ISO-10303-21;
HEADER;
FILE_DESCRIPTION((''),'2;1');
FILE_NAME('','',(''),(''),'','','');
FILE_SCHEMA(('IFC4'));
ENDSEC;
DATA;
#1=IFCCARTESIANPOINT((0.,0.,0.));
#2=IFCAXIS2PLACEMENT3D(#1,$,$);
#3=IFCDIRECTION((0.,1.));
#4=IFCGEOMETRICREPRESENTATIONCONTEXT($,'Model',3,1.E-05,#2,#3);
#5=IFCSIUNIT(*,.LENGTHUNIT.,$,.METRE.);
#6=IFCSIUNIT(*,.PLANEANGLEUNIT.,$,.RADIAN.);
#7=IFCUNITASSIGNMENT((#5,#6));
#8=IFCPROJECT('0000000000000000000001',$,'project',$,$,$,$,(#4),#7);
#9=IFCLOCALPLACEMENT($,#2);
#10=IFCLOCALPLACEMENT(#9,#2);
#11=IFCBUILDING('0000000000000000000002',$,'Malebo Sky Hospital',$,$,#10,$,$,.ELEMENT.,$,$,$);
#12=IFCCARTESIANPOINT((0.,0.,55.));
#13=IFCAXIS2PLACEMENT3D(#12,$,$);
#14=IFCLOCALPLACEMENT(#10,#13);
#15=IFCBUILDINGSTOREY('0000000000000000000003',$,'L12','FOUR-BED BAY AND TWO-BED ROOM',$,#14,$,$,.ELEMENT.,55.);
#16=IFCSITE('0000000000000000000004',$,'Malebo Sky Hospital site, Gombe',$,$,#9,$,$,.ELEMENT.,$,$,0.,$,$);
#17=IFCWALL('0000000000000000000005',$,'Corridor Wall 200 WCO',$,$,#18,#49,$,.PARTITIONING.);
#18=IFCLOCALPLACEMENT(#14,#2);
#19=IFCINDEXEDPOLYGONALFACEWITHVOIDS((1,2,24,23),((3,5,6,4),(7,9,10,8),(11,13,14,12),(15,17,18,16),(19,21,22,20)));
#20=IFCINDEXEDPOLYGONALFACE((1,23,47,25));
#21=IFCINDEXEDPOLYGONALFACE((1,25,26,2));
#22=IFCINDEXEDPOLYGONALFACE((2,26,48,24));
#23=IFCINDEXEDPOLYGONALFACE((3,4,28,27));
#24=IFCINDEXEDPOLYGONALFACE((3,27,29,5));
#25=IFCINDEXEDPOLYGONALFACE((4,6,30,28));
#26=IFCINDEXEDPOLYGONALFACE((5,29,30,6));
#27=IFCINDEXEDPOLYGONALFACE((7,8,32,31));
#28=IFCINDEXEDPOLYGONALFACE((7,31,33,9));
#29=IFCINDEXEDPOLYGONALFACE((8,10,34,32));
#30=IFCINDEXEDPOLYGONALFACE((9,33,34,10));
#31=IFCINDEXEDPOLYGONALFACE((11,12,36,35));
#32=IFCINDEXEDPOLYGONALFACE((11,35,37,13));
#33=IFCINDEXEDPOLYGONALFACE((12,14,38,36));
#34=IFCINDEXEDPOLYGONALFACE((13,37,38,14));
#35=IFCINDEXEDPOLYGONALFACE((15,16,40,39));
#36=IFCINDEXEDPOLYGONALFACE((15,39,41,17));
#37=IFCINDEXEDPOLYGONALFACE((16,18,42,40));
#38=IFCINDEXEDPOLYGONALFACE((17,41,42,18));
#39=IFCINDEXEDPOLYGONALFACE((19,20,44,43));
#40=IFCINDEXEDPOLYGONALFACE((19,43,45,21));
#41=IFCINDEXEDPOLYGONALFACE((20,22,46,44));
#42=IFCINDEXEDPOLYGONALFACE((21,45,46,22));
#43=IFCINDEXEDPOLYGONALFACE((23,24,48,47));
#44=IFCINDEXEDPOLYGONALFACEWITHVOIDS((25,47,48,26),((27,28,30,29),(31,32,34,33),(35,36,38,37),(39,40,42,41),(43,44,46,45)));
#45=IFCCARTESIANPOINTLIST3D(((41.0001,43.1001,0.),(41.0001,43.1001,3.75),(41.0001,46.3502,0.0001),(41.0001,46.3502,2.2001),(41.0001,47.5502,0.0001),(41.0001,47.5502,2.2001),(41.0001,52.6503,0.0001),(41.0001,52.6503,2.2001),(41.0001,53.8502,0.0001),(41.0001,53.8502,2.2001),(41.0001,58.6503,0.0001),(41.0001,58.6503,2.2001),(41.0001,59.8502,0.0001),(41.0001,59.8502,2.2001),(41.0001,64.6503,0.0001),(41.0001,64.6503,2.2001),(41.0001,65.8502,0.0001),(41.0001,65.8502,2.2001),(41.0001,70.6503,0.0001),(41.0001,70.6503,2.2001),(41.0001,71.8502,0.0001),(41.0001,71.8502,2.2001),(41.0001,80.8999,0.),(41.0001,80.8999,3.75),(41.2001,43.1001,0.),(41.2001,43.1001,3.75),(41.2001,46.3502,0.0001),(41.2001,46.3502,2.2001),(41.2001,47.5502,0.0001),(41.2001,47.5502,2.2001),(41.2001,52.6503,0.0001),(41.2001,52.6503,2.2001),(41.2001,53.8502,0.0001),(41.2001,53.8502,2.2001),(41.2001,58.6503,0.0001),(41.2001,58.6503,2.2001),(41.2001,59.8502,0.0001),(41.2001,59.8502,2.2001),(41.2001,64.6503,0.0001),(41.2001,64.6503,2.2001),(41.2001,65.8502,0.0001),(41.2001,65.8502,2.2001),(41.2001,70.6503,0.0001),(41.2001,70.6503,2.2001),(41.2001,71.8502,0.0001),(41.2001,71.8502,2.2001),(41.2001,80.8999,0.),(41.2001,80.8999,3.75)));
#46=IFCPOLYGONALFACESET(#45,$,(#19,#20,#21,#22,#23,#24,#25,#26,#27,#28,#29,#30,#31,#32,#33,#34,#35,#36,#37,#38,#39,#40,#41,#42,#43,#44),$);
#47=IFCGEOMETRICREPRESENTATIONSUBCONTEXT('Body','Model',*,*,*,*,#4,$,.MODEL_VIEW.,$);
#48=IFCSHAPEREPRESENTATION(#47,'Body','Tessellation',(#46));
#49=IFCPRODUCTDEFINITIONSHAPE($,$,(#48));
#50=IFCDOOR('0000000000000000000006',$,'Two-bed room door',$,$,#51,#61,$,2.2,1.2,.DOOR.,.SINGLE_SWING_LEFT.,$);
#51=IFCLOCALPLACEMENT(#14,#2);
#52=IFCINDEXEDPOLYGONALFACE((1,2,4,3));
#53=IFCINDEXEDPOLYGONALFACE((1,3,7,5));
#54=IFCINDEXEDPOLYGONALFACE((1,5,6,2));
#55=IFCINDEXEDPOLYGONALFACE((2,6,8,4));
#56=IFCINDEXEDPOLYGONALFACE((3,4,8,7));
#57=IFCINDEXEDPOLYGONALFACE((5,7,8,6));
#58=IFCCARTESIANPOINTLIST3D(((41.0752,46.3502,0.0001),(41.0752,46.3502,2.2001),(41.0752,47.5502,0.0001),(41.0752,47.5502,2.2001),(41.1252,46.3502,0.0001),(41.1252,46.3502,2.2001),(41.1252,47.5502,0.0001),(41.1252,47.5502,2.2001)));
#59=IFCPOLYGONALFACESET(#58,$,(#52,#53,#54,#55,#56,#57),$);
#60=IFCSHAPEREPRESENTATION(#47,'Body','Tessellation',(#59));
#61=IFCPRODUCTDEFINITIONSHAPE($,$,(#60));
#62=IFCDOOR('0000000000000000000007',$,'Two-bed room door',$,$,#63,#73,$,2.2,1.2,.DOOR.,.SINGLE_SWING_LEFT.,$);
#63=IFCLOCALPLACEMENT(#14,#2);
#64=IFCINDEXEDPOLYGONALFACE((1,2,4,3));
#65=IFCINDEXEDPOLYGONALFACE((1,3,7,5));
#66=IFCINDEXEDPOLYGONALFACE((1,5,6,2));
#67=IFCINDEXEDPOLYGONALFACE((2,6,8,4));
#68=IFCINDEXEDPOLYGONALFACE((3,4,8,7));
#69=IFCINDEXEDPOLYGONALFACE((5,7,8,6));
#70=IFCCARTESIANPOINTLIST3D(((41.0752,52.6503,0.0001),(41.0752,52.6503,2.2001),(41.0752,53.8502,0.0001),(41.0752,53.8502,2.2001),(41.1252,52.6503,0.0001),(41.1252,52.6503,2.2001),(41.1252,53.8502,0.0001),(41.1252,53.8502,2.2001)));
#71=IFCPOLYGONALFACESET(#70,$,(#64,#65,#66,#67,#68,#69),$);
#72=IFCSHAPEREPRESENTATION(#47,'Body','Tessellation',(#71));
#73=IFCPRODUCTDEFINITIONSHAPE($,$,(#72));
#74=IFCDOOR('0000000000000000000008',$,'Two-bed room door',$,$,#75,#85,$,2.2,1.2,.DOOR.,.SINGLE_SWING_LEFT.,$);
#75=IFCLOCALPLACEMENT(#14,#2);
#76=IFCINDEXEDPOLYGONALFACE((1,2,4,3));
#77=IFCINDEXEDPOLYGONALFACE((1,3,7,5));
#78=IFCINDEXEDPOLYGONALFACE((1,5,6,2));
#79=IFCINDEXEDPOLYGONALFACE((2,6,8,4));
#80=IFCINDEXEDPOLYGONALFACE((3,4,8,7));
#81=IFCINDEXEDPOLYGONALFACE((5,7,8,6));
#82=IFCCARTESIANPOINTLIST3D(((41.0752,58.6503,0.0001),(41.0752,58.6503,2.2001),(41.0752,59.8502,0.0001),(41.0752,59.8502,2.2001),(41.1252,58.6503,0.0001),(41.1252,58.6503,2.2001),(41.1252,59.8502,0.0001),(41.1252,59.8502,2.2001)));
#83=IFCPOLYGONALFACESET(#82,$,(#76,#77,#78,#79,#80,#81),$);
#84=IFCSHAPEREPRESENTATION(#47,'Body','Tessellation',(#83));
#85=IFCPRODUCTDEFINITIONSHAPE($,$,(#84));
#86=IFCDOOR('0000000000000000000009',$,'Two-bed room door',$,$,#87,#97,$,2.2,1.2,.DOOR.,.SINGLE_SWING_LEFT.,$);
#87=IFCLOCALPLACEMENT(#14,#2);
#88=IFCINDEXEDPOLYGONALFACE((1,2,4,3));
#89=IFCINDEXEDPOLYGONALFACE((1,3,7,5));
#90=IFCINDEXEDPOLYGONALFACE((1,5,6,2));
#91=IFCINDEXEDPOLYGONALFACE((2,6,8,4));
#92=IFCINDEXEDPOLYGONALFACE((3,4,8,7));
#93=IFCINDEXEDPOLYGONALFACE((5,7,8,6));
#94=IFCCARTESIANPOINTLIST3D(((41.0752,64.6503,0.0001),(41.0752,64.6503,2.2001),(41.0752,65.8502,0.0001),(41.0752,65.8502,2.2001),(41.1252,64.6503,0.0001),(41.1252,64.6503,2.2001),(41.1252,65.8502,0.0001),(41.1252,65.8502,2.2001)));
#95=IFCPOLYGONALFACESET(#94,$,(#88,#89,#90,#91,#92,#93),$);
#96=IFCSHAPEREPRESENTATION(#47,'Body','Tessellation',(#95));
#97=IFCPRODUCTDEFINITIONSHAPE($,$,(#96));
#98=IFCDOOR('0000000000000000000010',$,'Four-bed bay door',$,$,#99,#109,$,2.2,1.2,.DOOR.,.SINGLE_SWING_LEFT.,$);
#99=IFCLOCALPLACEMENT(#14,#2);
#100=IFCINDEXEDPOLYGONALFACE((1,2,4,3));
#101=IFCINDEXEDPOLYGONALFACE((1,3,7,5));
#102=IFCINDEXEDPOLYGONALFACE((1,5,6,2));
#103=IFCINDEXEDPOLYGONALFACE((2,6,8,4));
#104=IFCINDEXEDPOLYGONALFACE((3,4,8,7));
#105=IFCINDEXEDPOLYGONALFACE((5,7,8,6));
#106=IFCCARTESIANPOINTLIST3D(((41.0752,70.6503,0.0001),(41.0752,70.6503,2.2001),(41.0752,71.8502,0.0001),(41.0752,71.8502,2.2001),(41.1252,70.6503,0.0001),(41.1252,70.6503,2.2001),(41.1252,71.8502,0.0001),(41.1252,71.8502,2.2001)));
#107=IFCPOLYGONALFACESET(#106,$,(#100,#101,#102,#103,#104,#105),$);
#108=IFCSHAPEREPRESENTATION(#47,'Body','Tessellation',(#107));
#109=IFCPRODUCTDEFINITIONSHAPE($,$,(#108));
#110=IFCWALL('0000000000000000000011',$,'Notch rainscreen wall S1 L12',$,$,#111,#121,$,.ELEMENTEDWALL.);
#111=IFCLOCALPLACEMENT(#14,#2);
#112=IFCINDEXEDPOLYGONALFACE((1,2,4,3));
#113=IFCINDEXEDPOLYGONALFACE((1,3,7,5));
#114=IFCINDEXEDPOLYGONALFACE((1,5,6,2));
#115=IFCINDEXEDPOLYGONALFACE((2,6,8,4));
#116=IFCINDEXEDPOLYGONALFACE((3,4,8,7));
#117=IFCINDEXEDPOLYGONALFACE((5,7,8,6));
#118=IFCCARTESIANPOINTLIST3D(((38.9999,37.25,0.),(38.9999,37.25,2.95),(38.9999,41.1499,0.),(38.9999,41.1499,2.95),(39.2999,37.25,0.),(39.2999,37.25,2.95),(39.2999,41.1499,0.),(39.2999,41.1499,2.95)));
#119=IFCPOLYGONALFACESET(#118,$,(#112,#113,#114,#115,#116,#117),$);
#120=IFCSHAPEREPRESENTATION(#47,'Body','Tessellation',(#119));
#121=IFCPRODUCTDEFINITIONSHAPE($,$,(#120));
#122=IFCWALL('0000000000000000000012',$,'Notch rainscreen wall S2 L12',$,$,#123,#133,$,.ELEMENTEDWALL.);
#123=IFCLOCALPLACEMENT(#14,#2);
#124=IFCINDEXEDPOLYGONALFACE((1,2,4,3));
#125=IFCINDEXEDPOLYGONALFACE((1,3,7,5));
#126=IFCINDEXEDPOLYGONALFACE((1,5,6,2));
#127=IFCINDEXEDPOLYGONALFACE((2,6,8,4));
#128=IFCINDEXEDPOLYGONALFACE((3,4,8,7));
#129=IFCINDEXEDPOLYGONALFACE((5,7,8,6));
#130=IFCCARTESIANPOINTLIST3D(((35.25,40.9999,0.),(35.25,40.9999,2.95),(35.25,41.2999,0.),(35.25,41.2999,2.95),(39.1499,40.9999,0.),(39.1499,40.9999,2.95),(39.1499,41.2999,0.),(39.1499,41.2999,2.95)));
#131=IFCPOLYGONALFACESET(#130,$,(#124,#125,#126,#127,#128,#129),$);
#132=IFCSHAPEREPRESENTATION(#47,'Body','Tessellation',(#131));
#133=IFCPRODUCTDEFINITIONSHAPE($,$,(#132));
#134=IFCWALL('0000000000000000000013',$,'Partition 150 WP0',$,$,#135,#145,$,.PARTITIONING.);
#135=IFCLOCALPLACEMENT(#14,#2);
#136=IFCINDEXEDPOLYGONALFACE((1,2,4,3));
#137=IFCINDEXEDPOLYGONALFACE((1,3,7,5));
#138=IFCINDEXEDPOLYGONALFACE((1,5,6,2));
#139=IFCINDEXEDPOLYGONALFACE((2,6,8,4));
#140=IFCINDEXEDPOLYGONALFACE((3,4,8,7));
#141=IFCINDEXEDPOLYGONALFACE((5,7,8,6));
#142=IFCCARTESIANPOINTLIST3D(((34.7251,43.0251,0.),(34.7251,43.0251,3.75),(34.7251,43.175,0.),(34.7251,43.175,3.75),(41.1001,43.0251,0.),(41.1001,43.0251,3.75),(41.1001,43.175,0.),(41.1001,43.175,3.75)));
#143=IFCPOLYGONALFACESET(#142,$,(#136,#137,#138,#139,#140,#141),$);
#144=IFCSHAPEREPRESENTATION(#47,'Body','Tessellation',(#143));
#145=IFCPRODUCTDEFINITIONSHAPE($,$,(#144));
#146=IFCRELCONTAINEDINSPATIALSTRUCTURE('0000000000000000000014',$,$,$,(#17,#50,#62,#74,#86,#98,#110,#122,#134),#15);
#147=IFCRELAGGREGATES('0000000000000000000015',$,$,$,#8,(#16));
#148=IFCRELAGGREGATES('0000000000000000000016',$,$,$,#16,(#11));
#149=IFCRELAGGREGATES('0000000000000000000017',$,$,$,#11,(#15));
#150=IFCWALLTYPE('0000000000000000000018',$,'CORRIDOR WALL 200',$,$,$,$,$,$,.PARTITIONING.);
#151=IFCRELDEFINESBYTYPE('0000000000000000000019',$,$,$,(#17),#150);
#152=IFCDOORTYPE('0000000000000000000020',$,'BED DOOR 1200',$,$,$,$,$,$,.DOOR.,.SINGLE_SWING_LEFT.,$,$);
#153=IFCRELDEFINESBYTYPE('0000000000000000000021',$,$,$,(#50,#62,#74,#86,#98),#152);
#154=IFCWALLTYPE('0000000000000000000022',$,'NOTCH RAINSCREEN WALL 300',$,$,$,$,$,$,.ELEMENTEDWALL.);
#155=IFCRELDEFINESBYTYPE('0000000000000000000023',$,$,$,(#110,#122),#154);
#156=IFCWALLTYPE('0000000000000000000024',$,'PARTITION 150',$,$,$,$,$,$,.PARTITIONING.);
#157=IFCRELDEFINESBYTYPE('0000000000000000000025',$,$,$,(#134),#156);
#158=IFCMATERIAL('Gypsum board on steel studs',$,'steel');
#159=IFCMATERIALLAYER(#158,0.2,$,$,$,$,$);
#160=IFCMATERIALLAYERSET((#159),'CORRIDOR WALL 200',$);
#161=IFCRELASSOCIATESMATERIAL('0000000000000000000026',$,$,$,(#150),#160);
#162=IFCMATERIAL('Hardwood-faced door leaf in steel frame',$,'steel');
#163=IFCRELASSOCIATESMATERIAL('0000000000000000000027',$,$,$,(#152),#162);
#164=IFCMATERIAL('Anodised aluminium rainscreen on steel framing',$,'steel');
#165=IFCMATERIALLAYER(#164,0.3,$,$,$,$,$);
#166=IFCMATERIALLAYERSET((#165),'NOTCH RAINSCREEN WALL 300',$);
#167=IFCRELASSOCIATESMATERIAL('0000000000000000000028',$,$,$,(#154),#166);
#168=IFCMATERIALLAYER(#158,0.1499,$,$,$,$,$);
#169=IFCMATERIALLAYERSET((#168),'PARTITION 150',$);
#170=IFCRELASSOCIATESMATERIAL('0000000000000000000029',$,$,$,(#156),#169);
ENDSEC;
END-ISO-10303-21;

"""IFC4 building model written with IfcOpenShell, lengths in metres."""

from ifc_helpers import new_model, si_unit, direction, frame, frame_2d, origin, place, context, subcontext, project, spatial, rectangle, extrude, material, layer, layer_set, type_object, element, fill, save


model = new_model("IFC4")

# Units and contexts
model_context = context("Model", 3, precision=1e-05, world=origin(), true_north=direction((0.0, 1.0)))
body_context = subcontext(model_context, "Body", "Model", "MODEL_VIEW")
ifc_project = project(units=[si_unit("LENGTHUNIT", "METRE"), si_unit("PLANEANGLEUNIT", "RADIAN")], contexts=[model_context])

# Site, building, storey
site_placement = place(None, origin())
site = spatial("IfcSite", under=ifc_project, at=site_placement, Name="Malebo Sky Hospital site, Gombe", CompositionType="ELEMENT", RefElevation=0.0)
building_placement = place(site_placement, origin())
building = spatial("IfcBuilding", under=site, at=building_placement, Name="Malebo Sky Hospital", CompositionType="ELEMENT")
storey_placement = place(building_placement, frame((0.0, 0.0, 55.0)))
storey = spatial("IfcBuildingStorey", under=building, at=storey_placement, Name="L12", Description="FOUR-BED BAY AND TWO-BED ROOM", CompositionType="ELEMENT", Elevation=55.0)

# Wall, openings, doors
ifc_material_1 = material(Name="Gypsum board on steel studs", Category="steel")
ifc_layer_1 = layer(ifc_material_1, 0.2)
ifc_layer_set_1 = layer_set([ifc_layer_1], Name="CORRIDOR WALL 200")
wall_type_1 = type_object("IfcWallType", Name="CORRIDOR WALL 200", PredefinedType="PARTITIONING", material=ifc_layer_set_1)
wall_1_placement = place(storey_placement, frame((41.1001, 43.1001, 0.0), z_axis=(0.0, 0.0, 1.0), x_axis=(0.0, 1.0, 0.0)))
wall_1 = element("IfcWall", 1, at=wall_1_placement, inside=storey, type_object=wall_type_1, Name="Corridor Wall 200 WCO", PredefinedType="PARTITIONING", context=body_context, shape_type="SweptSolid", body=[
    extrude(rectangle(XDim=37.7998, YDim=0.2, at=frame_2d((18.8999, 0.0))), origin(), (0.0, 0.0, 1.0), 3.75),
])
opening_1_placement = place(wall_1_placement, frame((3.25, 0.0, 0.0)))
opening_1 = element("IfcOpeningElement", 2, at=opening_1_placement, cuts=wall_1, PredefinedType="OPENING", context=body_context, shape_type="SweptSolid", body=[
    extrude(rectangle(XDim=1.2, YDim=2.2, at=frame_2d((0.6001, 1.1001))), frame((0.0, 0.1099, 0.0), z_axis=(0.0, -1.0, 0.0), x_axis=(1.0, 0.0, 0.0)), (0.0, 0.0, 1.0), 0.22),
])
opening_2_placement = place(wall_1_placement, frame((9.55, 0.0, 0.0)))
opening_2 = element("IfcOpeningElement", 3, at=opening_2_placement, cuts=wall_1, PredefinedType="OPENING", context=body_context, shape_type="SweptSolid", body=[
    extrude(rectangle(XDim=1.2, YDim=2.2, at=frame_2d((0.6001, 1.1001))), frame((0.0, 0.1099, 0.0), z_axis=(0.0, -1.0, 0.0), x_axis=(1.0, 0.0, 0.0)), (0.0, 0.0, 1.0), 0.22),
])
opening_3_placement = place(wall_1_placement, frame((15.55, 0.0, 0.0)))
opening_3 = element("IfcOpeningElement", 4, at=opening_3_placement, cuts=wall_1, PredefinedType="OPENING", context=body_context, shape_type="SweptSolid", body=[
    extrude(rectangle(XDim=1.2, YDim=2.2, at=frame_2d((0.6001, 1.1001))), frame((0.0, 0.1099, 0.0), z_axis=(0.0, -1.0, 0.0), x_axis=(1.0, 0.0, 0.0)), (0.0, 0.0, 1.0), 0.22),
])
opening_4_placement = place(wall_1_placement, frame((21.55, 0.0, 0.0)))
opening_4 = element("IfcOpeningElement", 5, at=opening_4_placement, cuts=wall_1, PredefinedType="OPENING", context=body_context, shape_type="SweptSolid", body=[
    extrude(rectangle(XDim=1.2, YDim=2.2, at=frame_2d((0.6001, 1.1001))), frame((0.0, 0.1099, 0.0), z_axis=(0.0, -1.0, 0.0), x_axis=(1.0, 0.0, 0.0)), (0.0, 0.0, 1.0), 0.22),
])
opening_5_placement = place(wall_1_placement, frame((27.55, 0.0, 0.0)))
opening_5 = element("IfcOpeningElement", 6, at=opening_5_placement, cuts=wall_1, PredefinedType="OPENING", context=body_context, shape_type="SweptSolid", body=[
    extrude(rectangle(XDim=1.2, YDim=2.2, at=frame_2d((0.6001, 1.1001))), frame((0.0, 0.1099, 0.0), z_axis=(0.0, -1.0, 0.0), x_axis=(1.0, 0.0, 0.0)), (0.0, 0.0, 1.0), 0.22),
])
ifc_material_2 = material(Name="Hardwood-faced door leaf in steel frame", Category="steel")
door_type_1 = type_object("IfcDoorType", Name="BED DOOR 1200", OperationType="SINGLE_SWING_LEFT", PredefinedType="DOOR", material=ifc_material_2)
door_1_placement = place(opening_1_placement, origin())
door_1 = element("IfcDoor", 7, at=door_1_placement, inside=storey, type_object=door_type_1, Name="Two-bed room door", OperationType="SINGLE_SWING_LEFT", OverallHeight=2.2, OverallWidth=1.2, PredefinedType="DOOR", context=body_context, shape_type="SweptSolid", body=[
    extrude(rectangle(XDim=1.2, YDim=2.2, at=frame_2d((0.6001, 1.1001))), frame((0.0, 0.0249, 0.0), z_axis=(0.0, -1.0, 0.0), x_axis=(1.0, 0.0, 0.0)), (0.0, 0.0, 1.0), 0.05),
])
fill(opening_1, door_1)
door_2_placement = place(opening_2_placement, origin())
door_2 = element("IfcDoor", 8, at=door_2_placement, inside=storey, type_object=door_type_1, Name="Two-bed room door", OperationType="SINGLE_SWING_LEFT", OverallHeight=2.2, OverallWidth=1.2, PredefinedType="DOOR", context=body_context, shape_type="SweptSolid", body=[
    extrude(rectangle(XDim=1.2, YDim=2.2, at=frame_2d((0.6001, 1.1001))), frame((0.0, 0.0249, 0.0), z_axis=(0.0, -1.0, 0.0), x_axis=(1.0, 0.0, 0.0)), (0.0, 0.0, 1.0), 0.05),
])
fill(opening_2, door_2)
door_3_placement = place(opening_3_placement, origin())
door_3 = element("IfcDoor", 9, at=door_3_placement, inside=storey, type_object=door_type_1, Name="Two-bed room door", OperationType="SINGLE_SWING_LEFT", OverallHeight=2.2, OverallWidth=1.2, PredefinedType="DOOR", context=body_context, shape_type="SweptSolid", body=[
    extrude(rectangle(XDim=1.2, YDim=2.2, at=frame_2d((0.6001, 1.1001))), frame((0.0, 0.0249, 0.0), z_axis=(0.0, -1.0, 0.0), x_axis=(1.0, 0.0, 0.0)), (0.0, 0.0, 1.0), 0.05),
])
fill(opening_3, door_3)
door_4_placement = place(opening_4_placement, origin())
door_4 = element("IfcDoor", 10, at=door_4_placement, inside=storey, type_object=door_type_1, Name="Two-bed room door", OperationType="SINGLE_SWING_LEFT", OverallHeight=2.2, OverallWidth=1.2, PredefinedType="DOOR", context=body_context, shape_type="SweptSolid", body=[
    extrude(rectangle(XDim=1.2, YDim=2.2, at=frame_2d((0.6001, 1.1001))), frame((0.0, 0.0249, 0.0), z_axis=(0.0, -1.0, 0.0), x_axis=(1.0, 0.0, 0.0)), (0.0, 0.0, 1.0), 0.05),
])
fill(opening_4, door_4)
door_5_placement = place(opening_5_placement, origin())
door_5 = element("IfcDoor", 11, at=door_5_placement, inside=storey, type_object=door_type_1, Name="Four-bed bay door", OperationType="SINGLE_SWING_LEFT", OverallHeight=2.2, OverallWidth=1.2, PredefinedType="DOOR", context=body_context, shape_type="SweptSolid", body=[
    extrude(rectangle(XDim=1.2, YDim=2.2, at=frame_2d((0.6001, 1.1001))), frame((0.0, 0.0249, 0.0), z_axis=(0.0, -1.0, 0.0), x_axis=(1.0, 0.0, 0.0)), (0.0, 0.0, 1.0), 0.05),
])
fill(opening_5, door_5)

# Walls
ifc_material_3 = material(Name="Anodised aluminium rainscreen on steel framing", Category="steel")
ifc_layer_2 = layer(ifc_material_3, 0.3)
ifc_layer_set_2 = layer_set([ifc_layer_2], Name="NOTCH RAINSCREEN WALL 300")
wall_type_2 = type_object("IfcWallType", Name="NOTCH RAINSCREEN WALL 300", PredefinedType="ELEMENTEDWALL", material=ifc_layer_set_2)
for number, where, z_axis, x_axis, name in (
    (12, (39.1499, 37.25, 0.0), (0.0, 0.0, 1.0), (0.0, 1.0, 0.0), "Notch rainscreen wall S1 L12"),
    (13, (39.1499, 41.1499, 0.0), (0.0, 0.0, 1.0), (-1.0, 0.0, 0.0), "Notch rainscreen wall S2 L12"),
):
    element("IfcWall", number, at=place(storey_placement, frame(where, z_axis=z_axis, x_axis=x_axis)), inside=storey, type_object=wall_type_2, Name=name, PredefinedType="ELEMENTEDWALL", context=body_context, shape_type="SweptSolid", body=[
        extrude(rectangle(XDim=3.8999, YDim=0.3, at=frame_2d((1.95, 0.0))), origin(), (0.0, 0.0, 1.0), 2.95),
    ])
ifc_layer_3 = layer(ifc_material_1, 0.1499)
ifc_layer_set_3 = layer_set([ifc_layer_3], Name="PARTITION 150")
wall_type_3 = type_object("IfcWallType", Name="PARTITION 150", PredefinedType="PARTITIONING", material=ifc_layer_set_3)
wall_2_placement = place(storey_placement, frame((41.1001, 43.1001, 0.0), z_axis=(0.0, 0.0, 1.0), x_axis=(-1.0, 0.0, 0.0)))
element("IfcWall", 14, at=wall_2_placement, inside=storey, type_object=wall_type_3, Name="Partition 150 WP0", PredefinedType="PARTITIONING", context=body_context, shape_type="SweptSolid", body=[
    extrude(rectangle(XDim=6.375, YDim=0.1499, at=frame_2d((3.1875, 0.0))), origin(), (0.0, 0.0, 1.0), 3.75),
])

save(model, "model.ifc")
